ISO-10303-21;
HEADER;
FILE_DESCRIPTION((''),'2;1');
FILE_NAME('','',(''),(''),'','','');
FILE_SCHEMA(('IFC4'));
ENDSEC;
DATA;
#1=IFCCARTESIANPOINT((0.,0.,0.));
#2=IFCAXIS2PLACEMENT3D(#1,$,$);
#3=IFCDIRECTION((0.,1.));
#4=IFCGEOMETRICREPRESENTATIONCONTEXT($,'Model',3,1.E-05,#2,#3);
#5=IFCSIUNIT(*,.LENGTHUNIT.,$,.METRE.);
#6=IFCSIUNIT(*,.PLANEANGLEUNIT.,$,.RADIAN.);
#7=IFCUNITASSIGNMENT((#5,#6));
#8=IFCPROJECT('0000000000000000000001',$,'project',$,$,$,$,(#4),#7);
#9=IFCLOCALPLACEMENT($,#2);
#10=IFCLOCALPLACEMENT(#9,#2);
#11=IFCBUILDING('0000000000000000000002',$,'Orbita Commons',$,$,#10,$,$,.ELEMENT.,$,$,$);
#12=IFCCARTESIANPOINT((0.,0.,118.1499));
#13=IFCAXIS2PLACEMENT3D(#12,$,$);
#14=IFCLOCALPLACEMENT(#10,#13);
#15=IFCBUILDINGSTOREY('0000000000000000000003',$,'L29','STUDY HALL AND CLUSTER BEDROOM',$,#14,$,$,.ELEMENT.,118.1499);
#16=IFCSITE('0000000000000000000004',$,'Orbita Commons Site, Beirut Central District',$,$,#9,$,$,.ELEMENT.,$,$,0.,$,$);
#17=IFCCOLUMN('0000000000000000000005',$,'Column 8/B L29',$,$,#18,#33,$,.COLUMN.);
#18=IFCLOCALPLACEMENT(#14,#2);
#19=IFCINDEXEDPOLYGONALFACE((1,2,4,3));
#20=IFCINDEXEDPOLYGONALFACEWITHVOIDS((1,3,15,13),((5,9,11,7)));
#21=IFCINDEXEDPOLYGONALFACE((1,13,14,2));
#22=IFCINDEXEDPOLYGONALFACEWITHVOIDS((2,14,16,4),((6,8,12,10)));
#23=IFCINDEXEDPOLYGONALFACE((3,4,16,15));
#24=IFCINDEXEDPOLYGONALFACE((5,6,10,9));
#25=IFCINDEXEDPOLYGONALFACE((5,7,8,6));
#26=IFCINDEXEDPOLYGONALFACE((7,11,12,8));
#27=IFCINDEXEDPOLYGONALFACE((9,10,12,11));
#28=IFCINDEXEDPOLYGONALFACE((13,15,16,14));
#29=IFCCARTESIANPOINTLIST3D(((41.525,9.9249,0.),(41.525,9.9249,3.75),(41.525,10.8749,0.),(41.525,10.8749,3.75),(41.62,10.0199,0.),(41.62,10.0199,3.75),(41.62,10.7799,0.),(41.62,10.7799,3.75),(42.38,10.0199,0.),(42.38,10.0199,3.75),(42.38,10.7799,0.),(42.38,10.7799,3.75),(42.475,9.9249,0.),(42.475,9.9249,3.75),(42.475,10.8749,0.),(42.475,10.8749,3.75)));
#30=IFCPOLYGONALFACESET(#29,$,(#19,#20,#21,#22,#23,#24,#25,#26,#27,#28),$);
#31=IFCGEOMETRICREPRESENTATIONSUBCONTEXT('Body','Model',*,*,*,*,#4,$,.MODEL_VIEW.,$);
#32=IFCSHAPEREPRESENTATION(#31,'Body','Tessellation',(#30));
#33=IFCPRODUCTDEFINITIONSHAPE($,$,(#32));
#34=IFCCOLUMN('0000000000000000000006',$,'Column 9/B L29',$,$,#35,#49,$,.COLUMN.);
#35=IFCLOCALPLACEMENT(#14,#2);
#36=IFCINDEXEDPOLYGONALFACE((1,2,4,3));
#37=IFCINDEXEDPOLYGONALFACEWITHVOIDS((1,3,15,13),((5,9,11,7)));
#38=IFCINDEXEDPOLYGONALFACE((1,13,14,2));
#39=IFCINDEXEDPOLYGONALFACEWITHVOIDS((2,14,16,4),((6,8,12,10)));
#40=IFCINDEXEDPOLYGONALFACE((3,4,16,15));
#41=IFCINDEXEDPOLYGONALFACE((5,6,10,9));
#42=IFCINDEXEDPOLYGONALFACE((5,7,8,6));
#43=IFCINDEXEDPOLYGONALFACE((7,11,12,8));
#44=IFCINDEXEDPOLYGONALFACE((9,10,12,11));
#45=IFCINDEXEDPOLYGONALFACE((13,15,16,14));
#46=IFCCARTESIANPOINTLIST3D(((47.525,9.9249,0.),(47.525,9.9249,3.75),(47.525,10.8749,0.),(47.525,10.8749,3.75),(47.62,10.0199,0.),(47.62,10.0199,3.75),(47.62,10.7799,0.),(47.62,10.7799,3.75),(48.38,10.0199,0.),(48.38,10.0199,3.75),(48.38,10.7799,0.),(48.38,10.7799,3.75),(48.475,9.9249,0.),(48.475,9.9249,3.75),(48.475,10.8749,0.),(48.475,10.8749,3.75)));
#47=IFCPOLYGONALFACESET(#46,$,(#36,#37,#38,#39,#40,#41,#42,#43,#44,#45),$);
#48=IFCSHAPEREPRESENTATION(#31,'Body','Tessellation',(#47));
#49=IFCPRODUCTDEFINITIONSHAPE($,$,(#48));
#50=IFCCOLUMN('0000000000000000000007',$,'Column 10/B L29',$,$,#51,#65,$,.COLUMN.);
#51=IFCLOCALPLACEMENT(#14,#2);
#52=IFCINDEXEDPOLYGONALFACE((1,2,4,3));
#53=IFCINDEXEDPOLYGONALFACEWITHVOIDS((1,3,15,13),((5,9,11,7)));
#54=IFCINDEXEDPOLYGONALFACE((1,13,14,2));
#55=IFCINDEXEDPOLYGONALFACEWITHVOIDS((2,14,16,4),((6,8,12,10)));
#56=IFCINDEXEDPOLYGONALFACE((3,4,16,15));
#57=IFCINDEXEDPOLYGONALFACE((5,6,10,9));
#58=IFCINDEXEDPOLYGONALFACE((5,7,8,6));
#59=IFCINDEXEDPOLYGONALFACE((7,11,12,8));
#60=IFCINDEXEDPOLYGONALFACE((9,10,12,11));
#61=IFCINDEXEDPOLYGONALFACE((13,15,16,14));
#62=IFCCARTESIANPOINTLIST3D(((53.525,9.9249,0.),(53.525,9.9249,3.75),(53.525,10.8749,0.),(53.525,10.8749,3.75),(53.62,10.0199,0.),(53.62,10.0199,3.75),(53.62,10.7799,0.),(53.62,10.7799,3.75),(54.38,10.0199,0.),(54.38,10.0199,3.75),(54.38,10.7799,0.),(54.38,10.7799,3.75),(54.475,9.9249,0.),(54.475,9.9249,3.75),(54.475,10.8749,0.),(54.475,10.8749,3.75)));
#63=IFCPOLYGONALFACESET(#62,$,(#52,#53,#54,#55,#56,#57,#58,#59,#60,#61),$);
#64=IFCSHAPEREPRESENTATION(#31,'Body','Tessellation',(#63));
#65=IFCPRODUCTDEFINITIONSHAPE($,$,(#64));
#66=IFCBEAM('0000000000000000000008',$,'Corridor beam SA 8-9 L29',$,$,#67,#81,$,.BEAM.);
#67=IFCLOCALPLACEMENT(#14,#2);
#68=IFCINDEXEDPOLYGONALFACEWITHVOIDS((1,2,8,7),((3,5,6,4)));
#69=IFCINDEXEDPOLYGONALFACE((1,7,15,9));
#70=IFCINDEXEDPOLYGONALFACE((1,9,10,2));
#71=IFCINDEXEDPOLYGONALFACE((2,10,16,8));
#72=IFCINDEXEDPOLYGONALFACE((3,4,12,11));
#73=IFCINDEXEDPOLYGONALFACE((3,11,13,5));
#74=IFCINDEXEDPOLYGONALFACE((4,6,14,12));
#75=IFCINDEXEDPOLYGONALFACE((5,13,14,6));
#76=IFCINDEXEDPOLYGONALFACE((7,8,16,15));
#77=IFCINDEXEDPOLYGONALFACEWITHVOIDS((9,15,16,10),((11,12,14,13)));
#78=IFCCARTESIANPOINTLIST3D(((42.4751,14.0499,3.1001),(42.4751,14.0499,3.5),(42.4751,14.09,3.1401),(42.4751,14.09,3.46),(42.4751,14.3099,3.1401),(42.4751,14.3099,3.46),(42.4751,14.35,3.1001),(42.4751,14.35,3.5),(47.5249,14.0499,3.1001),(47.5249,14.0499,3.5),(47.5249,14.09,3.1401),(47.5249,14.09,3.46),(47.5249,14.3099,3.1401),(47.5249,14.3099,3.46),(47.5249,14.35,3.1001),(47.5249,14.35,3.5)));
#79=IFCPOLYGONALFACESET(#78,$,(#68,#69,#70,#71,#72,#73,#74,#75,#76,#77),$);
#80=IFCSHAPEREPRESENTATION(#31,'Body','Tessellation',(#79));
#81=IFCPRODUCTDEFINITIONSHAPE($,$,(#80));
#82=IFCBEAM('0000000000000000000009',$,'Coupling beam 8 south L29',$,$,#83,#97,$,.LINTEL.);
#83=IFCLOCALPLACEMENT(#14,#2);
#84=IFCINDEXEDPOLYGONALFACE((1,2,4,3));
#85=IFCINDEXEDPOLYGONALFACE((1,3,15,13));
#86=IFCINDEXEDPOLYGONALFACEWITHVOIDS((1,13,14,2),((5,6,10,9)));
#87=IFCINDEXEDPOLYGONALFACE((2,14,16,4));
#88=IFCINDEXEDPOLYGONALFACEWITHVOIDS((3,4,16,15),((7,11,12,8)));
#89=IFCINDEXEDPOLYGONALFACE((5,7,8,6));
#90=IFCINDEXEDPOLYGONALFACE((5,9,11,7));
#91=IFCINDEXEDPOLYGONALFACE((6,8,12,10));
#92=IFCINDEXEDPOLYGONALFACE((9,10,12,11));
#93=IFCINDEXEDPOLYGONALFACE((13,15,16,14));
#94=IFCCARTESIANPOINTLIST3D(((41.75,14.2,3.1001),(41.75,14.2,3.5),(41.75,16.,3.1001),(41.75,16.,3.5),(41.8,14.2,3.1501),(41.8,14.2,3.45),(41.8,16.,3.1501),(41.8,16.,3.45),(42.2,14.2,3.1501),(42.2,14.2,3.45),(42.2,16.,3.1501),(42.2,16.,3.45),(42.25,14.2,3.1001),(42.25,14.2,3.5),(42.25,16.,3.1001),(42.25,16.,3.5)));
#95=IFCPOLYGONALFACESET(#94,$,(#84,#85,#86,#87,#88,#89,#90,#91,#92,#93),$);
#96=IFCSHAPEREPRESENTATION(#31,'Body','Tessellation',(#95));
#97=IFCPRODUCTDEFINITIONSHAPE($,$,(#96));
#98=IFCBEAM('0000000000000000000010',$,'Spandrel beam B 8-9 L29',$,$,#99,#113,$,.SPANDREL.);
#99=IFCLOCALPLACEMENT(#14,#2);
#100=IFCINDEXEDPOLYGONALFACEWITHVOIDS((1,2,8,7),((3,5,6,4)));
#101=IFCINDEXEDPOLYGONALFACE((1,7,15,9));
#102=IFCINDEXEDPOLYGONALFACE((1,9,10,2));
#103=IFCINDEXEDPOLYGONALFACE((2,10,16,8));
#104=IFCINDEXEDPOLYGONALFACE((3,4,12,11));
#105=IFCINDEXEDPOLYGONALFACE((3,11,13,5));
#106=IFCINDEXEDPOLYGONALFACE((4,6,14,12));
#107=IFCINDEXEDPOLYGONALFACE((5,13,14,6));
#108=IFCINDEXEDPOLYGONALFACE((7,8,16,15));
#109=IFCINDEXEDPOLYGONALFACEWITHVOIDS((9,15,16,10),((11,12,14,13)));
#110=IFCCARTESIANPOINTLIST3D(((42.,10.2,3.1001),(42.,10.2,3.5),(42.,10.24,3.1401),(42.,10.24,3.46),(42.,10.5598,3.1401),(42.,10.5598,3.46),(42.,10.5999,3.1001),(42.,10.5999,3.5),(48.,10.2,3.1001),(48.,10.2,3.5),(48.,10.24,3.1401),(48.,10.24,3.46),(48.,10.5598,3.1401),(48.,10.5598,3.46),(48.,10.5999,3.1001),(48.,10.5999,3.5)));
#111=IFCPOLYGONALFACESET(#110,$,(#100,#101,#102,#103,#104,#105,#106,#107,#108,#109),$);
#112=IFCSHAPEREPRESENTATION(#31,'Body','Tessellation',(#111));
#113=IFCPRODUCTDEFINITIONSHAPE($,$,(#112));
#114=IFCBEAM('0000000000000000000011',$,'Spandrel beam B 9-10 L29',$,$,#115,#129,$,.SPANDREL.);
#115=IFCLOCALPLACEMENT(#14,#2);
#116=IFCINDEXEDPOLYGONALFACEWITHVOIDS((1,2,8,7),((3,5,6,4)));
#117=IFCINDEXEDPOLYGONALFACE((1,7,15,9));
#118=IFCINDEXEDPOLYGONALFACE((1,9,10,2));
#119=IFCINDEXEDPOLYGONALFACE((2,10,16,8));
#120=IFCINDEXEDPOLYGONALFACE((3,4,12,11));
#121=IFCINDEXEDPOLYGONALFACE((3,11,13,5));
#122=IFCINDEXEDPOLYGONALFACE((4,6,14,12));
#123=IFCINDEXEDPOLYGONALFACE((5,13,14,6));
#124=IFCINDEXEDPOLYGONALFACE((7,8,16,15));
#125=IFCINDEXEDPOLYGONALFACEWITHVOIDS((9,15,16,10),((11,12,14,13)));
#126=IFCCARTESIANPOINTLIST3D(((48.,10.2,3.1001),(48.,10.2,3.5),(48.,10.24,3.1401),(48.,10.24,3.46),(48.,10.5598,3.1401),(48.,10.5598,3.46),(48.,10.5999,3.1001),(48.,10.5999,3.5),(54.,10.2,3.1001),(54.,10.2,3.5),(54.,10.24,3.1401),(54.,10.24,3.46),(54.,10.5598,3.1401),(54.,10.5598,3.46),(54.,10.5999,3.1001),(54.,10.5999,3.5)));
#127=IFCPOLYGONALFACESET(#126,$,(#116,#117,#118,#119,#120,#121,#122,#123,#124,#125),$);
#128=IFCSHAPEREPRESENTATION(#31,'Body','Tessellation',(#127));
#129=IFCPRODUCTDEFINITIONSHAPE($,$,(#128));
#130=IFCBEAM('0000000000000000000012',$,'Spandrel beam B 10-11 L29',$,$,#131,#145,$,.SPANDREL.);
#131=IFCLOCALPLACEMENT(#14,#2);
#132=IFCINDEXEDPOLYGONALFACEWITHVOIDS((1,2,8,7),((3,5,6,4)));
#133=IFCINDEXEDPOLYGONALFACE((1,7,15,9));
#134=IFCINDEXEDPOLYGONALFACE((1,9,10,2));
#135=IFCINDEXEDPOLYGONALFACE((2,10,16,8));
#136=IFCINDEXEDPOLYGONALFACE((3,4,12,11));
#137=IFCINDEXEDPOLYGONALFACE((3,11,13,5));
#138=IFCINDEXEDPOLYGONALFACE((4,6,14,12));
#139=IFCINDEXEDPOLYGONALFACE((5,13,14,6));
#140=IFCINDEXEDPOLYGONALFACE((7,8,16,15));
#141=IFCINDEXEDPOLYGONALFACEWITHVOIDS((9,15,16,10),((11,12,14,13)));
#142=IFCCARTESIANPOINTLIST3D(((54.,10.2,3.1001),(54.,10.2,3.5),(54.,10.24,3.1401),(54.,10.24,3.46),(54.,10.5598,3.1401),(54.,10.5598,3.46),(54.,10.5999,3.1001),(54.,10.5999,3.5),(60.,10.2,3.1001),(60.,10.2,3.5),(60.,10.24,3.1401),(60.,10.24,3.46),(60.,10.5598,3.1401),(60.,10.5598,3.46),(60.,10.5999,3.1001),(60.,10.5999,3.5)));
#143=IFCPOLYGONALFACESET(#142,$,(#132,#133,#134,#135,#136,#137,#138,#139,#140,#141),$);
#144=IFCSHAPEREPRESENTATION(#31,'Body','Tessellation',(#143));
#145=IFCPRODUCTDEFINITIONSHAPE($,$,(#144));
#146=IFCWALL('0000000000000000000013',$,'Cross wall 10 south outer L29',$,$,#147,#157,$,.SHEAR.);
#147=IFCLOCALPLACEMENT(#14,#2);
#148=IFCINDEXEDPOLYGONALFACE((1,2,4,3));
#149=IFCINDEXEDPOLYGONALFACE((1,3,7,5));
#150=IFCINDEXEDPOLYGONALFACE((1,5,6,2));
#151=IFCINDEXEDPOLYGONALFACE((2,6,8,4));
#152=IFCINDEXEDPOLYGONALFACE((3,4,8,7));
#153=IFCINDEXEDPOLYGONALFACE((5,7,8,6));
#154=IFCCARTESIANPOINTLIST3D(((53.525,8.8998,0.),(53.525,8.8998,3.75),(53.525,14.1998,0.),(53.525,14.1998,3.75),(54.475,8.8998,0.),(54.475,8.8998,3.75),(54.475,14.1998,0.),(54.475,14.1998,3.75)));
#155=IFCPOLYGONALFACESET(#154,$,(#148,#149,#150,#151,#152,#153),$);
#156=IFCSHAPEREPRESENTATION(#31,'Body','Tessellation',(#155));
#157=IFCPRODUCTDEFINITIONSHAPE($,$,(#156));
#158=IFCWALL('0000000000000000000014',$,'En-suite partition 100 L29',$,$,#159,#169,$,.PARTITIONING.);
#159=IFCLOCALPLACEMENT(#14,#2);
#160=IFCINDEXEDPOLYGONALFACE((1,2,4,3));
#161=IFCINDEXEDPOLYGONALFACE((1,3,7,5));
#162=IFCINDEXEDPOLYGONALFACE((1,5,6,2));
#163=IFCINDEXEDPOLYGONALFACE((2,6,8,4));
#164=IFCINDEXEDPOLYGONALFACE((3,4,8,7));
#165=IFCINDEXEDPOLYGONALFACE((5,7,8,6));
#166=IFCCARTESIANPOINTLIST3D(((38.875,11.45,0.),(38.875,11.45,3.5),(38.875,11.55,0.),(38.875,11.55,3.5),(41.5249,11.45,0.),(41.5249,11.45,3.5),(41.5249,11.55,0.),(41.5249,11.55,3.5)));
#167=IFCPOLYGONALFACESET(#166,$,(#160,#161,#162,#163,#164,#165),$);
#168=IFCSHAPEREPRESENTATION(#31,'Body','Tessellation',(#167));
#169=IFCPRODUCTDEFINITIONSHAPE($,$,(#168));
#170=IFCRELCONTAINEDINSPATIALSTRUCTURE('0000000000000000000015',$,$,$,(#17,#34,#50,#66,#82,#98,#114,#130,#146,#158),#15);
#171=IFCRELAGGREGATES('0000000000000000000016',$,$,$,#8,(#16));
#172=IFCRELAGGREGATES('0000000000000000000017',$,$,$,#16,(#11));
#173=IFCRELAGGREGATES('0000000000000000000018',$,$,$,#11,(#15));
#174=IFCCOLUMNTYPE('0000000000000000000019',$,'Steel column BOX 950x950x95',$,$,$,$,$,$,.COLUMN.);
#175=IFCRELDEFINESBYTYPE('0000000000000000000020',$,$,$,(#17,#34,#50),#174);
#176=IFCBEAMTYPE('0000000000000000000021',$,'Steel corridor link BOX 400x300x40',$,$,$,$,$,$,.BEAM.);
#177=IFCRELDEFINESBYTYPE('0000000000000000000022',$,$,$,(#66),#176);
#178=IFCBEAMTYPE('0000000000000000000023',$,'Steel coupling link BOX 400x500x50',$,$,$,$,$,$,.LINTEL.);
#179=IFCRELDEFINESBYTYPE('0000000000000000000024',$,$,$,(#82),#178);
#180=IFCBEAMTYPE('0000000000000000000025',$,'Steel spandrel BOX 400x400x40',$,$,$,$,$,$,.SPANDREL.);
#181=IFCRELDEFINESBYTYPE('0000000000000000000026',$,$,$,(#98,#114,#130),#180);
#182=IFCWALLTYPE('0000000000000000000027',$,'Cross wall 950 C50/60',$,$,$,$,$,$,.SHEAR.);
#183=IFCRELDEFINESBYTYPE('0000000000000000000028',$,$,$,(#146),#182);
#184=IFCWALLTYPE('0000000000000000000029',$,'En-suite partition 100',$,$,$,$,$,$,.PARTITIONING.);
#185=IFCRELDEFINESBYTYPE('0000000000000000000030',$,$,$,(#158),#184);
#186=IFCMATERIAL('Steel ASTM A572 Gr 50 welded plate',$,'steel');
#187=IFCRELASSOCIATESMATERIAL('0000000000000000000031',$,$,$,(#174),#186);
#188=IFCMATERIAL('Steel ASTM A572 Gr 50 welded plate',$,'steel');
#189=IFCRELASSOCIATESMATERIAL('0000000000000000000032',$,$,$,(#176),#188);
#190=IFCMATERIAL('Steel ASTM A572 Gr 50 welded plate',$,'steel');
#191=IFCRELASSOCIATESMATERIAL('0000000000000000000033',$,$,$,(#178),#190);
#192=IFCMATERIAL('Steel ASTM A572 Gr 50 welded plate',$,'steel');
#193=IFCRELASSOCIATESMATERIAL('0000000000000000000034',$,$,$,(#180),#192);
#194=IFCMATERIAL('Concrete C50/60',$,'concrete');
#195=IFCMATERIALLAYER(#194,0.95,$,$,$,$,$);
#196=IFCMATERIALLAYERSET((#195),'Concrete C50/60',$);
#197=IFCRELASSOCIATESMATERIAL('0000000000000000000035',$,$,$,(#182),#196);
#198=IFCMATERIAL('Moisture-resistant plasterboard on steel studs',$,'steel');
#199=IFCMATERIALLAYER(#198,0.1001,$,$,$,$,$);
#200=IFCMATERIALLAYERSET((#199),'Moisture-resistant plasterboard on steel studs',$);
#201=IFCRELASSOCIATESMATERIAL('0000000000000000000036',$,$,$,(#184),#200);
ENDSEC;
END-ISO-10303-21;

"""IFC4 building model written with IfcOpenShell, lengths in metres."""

from ifc_helpers import new_model, si_unit, direction, frame, frame_2d, origin, origin_2d, place, context, subcontext, project, spatial, rectangle, hollow_rectangle, extrude, material, layer, layer_set, material_profile, profile_set, type_object, element, save


model = new_model("IFC4")

# Units and contexts
model_context = context("Model", 3, precision=1e-05, world=origin(), true_north=direction((0.0, 1.0)))
body_context = subcontext(model_context, "Body", "Model", "MODEL_VIEW")
ifc_project = project(units=[si_unit("LENGTHUNIT", "METRE"), si_unit("PLANEANGLEUNIT", "RADIAN")], contexts=[model_context])

# Site, building, storey
site_placement = place(None, origin())
site = spatial("IfcSite", under=ifc_project, at=site_placement, Name="Orbita Commons Site, Beirut Central District", CompositionType="ELEMENT", RefElevation=0.0)
building_placement = place(site_placement, origin())
building = spatial("IfcBuilding", under=site, at=building_placement, Name="Orbita Commons", CompositionType="ELEMENT")
storey_placement = place(building_placement, frame((0.0, 0.0, 118.1499)))
storey = spatial("IfcBuildingStorey", under=building, at=storey_placement, Name="L29", Description="STUDY HALL AND CLUSTER BEDROOM", CompositionType="ELEMENT", Elevation=118.1499)

# Columns
ifc_material_1 = material(Name="Steel ASTM A572 Gr 50 welded plate", Category="steel")
ifc_material_profile_1 = material_profile(ifc_material_1, hollow_rectangle(XDim=0.95, YDim=0.95, WallThickness=0.095, at=origin_2d()), Name="BOX 950x950x95")
ifc_profile_set_1 = profile_set([ifc_material_profile_1], Name="Steel ASTM A572 Gr 50 welded plate")
column_type = type_object("IfcColumnType", Name="Steel column BOX 950x950x95", PredefinedType="COLUMN", material=ifc_profile_set_1)
for number, where, z_axis, x_axis, name in (
    (1, (42.0, 10.3999, 0.0), (0.0, 0.0, 1.0), (1.0, 0.0, 0.0), "Column 8/B L29"),
    (2, (48.0, 10.3999, 0.0), (0.0, 0.0, 1.0), (1.0, 0.0, 0.0), "Column 9/B L29"),
    (3, (54.0, 10.3999, 0.0), (0.0, 0.0, 1.0), (1.0, 0.0, 0.0), "Column 10/B L29"),
):
    element("IfcColumn", number, at=place(storey_placement, frame(where, z_axis=z_axis, x_axis=x_axis)), inside=storey, type_object=column_type, Name=name, PredefinedType="COLUMN", context=body_context, shape_type="SweptSolid", body=[
        extrude(hollow_rectangle(XDim=0.95, YDim=0.95, WallThickness=0.095, at=origin_2d()), origin(), (0.0, 0.0, 1.0), 3.75),
    ])

# Beams
ifc_material_2 = material(Name="Steel ASTM A572 Gr 50 welded plate", Category="steel")
ifc_material_profile_2 = material_profile(ifc_material_2, hollow_rectangle(XDim=0.3, YDim=0.3999, WallThickness=0.04, at=origin_2d()), Name="BOX 400x300x40")
ifc_profile_set_2 = profile_set([ifc_material_profile_2], Name="Steel ASTM A572 Gr 50 welded plate")
beam_type_1 = type_object("IfcBeamType", Name="Steel corridor link BOX 400x300x40", PredefinedType="BEAM", material=ifc_profile_set_2)
beam_1_placement = place(storey_placement, frame((42.4751, 14.2, 3.3), z_axis=(1.0, 0.0, 0.0), x_axis=(0.0, 1.0, 0.0)))
element("IfcBeam", 4, at=beam_1_placement, inside=storey, type_object=beam_type_1, Name="Corridor beam SA 8-9 L29", PredefinedType="BEAM", context=body_context, shape_type="SweptSolid", body=[
    extrude(hollow_rectangle(XDim=0.3, YDim=0.3999, WallThickness=0.04, at=origin_2d()), origin(), (0.0, 0.0, 1.0), 5.0498),
])
ifc_material_3 = material(Name="Steel ASTM A572 Gr 50 welded plate", Category="steel")
ifc_material_profile_3 = material_profile(ifc_material_3, hollow_rectangle(XDim=0.5, YDim=0.3999, WallThickness=0.05, at=origin_2d()), Name="BOX 400x500x50")
ifc_profile_set_3 = profile_set([ifc_material_profile_3], Name="Steel ASTM A572 Gr 50 welded plate")
beam_type_2 = type_object("IfcBeamType", Name="Steel coupling link BOX 400x500x50", PredefinedType="LINTEL", material=ifc_profile_set_3)
beam_2_placement = place(storey_placement, frame((42.0, 14.2, 3.3), z_axis=(0.0, 1.0, 0.0), x_axis=(-1.0, 0.0, 0.0)))
element("IfcBeam", 5, at=beam_2_placement, inside=storey, type_object=beam_type_2, Name="Coupling beam 8 south L29", PredefinedType="LINTEL", context=body_context, shape_type="SweptSolid", body=[
    extrude(hollow_rectangle(XDim=0.5, YDim=0.3999, WallThickness=0.05, at=origin_2d()), origin(), (0.0, 0.0, 1.0), 1.8),
])
ifc_material_4 = material(Name="Steel ASTM A572 Gr 50 welded plate", Category="steel")
ifc_material_profile_4 = material_profile(ifc_material_4, hollow_rectangle(XDim=0.3999, YDim=0.3999, WallThickness=0.04, at=origin_2d()), Name="BOX 400x400x40")
ifc_profile_set_4 = profile_set([ifc_material_profile_4], Name="Steel ASTM A572 Gr 50 welded plate")
beam_type_3 = type_object("IfcBeamType", Name="Steel spandrel BOX 400x400x40", PredefinedType="SPANDREL", material=ifc_profile_set_4)
for number, where, z_axis, x_axis, name in (
    (6, (42.0, 10.3999, 3.3), (1.0, 0.0, 0.0), (0.0, 1.0, 0.0), "Spandrel beam B 8-9 L29"),
    (7, (48.0, 10.3999, 3.3), (1.0, 0.0, 0.0), (0.0, 1.0, 0.0), "Spandrel beam B 9-10 L29"),
    (8, (54.0, 10.3999, 3.3), (1.0, 0.0, 0.0), (0.0, 1.0, 0.0), "Spandrel beam B 10-11 L29"),
):
    element("IfcBeam", number, at=place(storey_placement, frame(where, z_axis=z_axis, x_axis=x_axis)), inside=storey, type_object=beam_type_3, Name=name, PredefinedType="SPANDREL", context=body_context, shape_type="SweptSolid", body=[
        extrude(hollow_rectangle(XDim=0.3999, YDim=0.3999, WallThickness=0.04, at=origin_2d()), origin(), (0.0, 0.0, 1.0), 6.0),
    ])

# Walls
ifc_material_5 = material(Name="Concrete C50/60", Category="concrete")
ifc_layer_1 = layer(ifc_material_5, 0.95)
ifc_layer_set_1 = layer_set([ifc_layer_1], Name="Concrete C50/60")
wall_type_1 = type_object("IfcWallType", Name="Cross wall 950 C50/60", PredefinedType="SHEAR", material=ifc_layer_set_1)
wall_1_placement = place(storey_placement, frame((54.0, 8.8999, 0.0), z_axis=(0.0, 0.0, 1.0), x_axis=(0.0, 1.0, 0.0)))
element("IfcWall", 9, at=wall_1_placement, inside=storey, type_object=wall_type_1, Name="Cross wall 10 south outer L29", PredefinedType="SHEAR", context=body_context, shape_type="SweptSolid", body=[
    extrude(rectangle(XDim=5.3, YDim=0.95, at=frame_2d((2.6499, 0.0))), origin(), (0.0, 0.0, 1.0), 3.75),
])
ifc_material_6 = material(Name="Moisture-resistant plasterboard on steel studs", Category="steel")
ifc_layer_2 = layer(ifc_material_6, 0.1001)
ifc_layer_set_2 = layer_set([ifc_layer_2], Name="Moisture-resistant plasterboard on steel studs")
wall_type_2 = type_object("IfcWallType", Name="En-suite partition 100", PredefinedType="PARTITIONING", material=ifc_layer_set_2)
wall_2_placement = place(storey_placement, frame((38.875, 11.5, 0.0), z_axis=(0.0, 0.0, 1.0), x_axis=(1.0, 0.0, 0.0)))
element("IfcWall", 10, at=wall_2_placement, inside=storey, type_object=wall_type_2, Name="En-suite partition 100 L29", PredefinedType="PARTITIONING", context=body_context, shape_type="SweptSolid", body=[
    extrude(rectangle(XDim=2.6499, YDim=0.1001, at=frame_2d((1.325, 0.0))), origin(), (0.0, 0.0, 1.0), 3.5),
])

save(model, "model.ifc")
